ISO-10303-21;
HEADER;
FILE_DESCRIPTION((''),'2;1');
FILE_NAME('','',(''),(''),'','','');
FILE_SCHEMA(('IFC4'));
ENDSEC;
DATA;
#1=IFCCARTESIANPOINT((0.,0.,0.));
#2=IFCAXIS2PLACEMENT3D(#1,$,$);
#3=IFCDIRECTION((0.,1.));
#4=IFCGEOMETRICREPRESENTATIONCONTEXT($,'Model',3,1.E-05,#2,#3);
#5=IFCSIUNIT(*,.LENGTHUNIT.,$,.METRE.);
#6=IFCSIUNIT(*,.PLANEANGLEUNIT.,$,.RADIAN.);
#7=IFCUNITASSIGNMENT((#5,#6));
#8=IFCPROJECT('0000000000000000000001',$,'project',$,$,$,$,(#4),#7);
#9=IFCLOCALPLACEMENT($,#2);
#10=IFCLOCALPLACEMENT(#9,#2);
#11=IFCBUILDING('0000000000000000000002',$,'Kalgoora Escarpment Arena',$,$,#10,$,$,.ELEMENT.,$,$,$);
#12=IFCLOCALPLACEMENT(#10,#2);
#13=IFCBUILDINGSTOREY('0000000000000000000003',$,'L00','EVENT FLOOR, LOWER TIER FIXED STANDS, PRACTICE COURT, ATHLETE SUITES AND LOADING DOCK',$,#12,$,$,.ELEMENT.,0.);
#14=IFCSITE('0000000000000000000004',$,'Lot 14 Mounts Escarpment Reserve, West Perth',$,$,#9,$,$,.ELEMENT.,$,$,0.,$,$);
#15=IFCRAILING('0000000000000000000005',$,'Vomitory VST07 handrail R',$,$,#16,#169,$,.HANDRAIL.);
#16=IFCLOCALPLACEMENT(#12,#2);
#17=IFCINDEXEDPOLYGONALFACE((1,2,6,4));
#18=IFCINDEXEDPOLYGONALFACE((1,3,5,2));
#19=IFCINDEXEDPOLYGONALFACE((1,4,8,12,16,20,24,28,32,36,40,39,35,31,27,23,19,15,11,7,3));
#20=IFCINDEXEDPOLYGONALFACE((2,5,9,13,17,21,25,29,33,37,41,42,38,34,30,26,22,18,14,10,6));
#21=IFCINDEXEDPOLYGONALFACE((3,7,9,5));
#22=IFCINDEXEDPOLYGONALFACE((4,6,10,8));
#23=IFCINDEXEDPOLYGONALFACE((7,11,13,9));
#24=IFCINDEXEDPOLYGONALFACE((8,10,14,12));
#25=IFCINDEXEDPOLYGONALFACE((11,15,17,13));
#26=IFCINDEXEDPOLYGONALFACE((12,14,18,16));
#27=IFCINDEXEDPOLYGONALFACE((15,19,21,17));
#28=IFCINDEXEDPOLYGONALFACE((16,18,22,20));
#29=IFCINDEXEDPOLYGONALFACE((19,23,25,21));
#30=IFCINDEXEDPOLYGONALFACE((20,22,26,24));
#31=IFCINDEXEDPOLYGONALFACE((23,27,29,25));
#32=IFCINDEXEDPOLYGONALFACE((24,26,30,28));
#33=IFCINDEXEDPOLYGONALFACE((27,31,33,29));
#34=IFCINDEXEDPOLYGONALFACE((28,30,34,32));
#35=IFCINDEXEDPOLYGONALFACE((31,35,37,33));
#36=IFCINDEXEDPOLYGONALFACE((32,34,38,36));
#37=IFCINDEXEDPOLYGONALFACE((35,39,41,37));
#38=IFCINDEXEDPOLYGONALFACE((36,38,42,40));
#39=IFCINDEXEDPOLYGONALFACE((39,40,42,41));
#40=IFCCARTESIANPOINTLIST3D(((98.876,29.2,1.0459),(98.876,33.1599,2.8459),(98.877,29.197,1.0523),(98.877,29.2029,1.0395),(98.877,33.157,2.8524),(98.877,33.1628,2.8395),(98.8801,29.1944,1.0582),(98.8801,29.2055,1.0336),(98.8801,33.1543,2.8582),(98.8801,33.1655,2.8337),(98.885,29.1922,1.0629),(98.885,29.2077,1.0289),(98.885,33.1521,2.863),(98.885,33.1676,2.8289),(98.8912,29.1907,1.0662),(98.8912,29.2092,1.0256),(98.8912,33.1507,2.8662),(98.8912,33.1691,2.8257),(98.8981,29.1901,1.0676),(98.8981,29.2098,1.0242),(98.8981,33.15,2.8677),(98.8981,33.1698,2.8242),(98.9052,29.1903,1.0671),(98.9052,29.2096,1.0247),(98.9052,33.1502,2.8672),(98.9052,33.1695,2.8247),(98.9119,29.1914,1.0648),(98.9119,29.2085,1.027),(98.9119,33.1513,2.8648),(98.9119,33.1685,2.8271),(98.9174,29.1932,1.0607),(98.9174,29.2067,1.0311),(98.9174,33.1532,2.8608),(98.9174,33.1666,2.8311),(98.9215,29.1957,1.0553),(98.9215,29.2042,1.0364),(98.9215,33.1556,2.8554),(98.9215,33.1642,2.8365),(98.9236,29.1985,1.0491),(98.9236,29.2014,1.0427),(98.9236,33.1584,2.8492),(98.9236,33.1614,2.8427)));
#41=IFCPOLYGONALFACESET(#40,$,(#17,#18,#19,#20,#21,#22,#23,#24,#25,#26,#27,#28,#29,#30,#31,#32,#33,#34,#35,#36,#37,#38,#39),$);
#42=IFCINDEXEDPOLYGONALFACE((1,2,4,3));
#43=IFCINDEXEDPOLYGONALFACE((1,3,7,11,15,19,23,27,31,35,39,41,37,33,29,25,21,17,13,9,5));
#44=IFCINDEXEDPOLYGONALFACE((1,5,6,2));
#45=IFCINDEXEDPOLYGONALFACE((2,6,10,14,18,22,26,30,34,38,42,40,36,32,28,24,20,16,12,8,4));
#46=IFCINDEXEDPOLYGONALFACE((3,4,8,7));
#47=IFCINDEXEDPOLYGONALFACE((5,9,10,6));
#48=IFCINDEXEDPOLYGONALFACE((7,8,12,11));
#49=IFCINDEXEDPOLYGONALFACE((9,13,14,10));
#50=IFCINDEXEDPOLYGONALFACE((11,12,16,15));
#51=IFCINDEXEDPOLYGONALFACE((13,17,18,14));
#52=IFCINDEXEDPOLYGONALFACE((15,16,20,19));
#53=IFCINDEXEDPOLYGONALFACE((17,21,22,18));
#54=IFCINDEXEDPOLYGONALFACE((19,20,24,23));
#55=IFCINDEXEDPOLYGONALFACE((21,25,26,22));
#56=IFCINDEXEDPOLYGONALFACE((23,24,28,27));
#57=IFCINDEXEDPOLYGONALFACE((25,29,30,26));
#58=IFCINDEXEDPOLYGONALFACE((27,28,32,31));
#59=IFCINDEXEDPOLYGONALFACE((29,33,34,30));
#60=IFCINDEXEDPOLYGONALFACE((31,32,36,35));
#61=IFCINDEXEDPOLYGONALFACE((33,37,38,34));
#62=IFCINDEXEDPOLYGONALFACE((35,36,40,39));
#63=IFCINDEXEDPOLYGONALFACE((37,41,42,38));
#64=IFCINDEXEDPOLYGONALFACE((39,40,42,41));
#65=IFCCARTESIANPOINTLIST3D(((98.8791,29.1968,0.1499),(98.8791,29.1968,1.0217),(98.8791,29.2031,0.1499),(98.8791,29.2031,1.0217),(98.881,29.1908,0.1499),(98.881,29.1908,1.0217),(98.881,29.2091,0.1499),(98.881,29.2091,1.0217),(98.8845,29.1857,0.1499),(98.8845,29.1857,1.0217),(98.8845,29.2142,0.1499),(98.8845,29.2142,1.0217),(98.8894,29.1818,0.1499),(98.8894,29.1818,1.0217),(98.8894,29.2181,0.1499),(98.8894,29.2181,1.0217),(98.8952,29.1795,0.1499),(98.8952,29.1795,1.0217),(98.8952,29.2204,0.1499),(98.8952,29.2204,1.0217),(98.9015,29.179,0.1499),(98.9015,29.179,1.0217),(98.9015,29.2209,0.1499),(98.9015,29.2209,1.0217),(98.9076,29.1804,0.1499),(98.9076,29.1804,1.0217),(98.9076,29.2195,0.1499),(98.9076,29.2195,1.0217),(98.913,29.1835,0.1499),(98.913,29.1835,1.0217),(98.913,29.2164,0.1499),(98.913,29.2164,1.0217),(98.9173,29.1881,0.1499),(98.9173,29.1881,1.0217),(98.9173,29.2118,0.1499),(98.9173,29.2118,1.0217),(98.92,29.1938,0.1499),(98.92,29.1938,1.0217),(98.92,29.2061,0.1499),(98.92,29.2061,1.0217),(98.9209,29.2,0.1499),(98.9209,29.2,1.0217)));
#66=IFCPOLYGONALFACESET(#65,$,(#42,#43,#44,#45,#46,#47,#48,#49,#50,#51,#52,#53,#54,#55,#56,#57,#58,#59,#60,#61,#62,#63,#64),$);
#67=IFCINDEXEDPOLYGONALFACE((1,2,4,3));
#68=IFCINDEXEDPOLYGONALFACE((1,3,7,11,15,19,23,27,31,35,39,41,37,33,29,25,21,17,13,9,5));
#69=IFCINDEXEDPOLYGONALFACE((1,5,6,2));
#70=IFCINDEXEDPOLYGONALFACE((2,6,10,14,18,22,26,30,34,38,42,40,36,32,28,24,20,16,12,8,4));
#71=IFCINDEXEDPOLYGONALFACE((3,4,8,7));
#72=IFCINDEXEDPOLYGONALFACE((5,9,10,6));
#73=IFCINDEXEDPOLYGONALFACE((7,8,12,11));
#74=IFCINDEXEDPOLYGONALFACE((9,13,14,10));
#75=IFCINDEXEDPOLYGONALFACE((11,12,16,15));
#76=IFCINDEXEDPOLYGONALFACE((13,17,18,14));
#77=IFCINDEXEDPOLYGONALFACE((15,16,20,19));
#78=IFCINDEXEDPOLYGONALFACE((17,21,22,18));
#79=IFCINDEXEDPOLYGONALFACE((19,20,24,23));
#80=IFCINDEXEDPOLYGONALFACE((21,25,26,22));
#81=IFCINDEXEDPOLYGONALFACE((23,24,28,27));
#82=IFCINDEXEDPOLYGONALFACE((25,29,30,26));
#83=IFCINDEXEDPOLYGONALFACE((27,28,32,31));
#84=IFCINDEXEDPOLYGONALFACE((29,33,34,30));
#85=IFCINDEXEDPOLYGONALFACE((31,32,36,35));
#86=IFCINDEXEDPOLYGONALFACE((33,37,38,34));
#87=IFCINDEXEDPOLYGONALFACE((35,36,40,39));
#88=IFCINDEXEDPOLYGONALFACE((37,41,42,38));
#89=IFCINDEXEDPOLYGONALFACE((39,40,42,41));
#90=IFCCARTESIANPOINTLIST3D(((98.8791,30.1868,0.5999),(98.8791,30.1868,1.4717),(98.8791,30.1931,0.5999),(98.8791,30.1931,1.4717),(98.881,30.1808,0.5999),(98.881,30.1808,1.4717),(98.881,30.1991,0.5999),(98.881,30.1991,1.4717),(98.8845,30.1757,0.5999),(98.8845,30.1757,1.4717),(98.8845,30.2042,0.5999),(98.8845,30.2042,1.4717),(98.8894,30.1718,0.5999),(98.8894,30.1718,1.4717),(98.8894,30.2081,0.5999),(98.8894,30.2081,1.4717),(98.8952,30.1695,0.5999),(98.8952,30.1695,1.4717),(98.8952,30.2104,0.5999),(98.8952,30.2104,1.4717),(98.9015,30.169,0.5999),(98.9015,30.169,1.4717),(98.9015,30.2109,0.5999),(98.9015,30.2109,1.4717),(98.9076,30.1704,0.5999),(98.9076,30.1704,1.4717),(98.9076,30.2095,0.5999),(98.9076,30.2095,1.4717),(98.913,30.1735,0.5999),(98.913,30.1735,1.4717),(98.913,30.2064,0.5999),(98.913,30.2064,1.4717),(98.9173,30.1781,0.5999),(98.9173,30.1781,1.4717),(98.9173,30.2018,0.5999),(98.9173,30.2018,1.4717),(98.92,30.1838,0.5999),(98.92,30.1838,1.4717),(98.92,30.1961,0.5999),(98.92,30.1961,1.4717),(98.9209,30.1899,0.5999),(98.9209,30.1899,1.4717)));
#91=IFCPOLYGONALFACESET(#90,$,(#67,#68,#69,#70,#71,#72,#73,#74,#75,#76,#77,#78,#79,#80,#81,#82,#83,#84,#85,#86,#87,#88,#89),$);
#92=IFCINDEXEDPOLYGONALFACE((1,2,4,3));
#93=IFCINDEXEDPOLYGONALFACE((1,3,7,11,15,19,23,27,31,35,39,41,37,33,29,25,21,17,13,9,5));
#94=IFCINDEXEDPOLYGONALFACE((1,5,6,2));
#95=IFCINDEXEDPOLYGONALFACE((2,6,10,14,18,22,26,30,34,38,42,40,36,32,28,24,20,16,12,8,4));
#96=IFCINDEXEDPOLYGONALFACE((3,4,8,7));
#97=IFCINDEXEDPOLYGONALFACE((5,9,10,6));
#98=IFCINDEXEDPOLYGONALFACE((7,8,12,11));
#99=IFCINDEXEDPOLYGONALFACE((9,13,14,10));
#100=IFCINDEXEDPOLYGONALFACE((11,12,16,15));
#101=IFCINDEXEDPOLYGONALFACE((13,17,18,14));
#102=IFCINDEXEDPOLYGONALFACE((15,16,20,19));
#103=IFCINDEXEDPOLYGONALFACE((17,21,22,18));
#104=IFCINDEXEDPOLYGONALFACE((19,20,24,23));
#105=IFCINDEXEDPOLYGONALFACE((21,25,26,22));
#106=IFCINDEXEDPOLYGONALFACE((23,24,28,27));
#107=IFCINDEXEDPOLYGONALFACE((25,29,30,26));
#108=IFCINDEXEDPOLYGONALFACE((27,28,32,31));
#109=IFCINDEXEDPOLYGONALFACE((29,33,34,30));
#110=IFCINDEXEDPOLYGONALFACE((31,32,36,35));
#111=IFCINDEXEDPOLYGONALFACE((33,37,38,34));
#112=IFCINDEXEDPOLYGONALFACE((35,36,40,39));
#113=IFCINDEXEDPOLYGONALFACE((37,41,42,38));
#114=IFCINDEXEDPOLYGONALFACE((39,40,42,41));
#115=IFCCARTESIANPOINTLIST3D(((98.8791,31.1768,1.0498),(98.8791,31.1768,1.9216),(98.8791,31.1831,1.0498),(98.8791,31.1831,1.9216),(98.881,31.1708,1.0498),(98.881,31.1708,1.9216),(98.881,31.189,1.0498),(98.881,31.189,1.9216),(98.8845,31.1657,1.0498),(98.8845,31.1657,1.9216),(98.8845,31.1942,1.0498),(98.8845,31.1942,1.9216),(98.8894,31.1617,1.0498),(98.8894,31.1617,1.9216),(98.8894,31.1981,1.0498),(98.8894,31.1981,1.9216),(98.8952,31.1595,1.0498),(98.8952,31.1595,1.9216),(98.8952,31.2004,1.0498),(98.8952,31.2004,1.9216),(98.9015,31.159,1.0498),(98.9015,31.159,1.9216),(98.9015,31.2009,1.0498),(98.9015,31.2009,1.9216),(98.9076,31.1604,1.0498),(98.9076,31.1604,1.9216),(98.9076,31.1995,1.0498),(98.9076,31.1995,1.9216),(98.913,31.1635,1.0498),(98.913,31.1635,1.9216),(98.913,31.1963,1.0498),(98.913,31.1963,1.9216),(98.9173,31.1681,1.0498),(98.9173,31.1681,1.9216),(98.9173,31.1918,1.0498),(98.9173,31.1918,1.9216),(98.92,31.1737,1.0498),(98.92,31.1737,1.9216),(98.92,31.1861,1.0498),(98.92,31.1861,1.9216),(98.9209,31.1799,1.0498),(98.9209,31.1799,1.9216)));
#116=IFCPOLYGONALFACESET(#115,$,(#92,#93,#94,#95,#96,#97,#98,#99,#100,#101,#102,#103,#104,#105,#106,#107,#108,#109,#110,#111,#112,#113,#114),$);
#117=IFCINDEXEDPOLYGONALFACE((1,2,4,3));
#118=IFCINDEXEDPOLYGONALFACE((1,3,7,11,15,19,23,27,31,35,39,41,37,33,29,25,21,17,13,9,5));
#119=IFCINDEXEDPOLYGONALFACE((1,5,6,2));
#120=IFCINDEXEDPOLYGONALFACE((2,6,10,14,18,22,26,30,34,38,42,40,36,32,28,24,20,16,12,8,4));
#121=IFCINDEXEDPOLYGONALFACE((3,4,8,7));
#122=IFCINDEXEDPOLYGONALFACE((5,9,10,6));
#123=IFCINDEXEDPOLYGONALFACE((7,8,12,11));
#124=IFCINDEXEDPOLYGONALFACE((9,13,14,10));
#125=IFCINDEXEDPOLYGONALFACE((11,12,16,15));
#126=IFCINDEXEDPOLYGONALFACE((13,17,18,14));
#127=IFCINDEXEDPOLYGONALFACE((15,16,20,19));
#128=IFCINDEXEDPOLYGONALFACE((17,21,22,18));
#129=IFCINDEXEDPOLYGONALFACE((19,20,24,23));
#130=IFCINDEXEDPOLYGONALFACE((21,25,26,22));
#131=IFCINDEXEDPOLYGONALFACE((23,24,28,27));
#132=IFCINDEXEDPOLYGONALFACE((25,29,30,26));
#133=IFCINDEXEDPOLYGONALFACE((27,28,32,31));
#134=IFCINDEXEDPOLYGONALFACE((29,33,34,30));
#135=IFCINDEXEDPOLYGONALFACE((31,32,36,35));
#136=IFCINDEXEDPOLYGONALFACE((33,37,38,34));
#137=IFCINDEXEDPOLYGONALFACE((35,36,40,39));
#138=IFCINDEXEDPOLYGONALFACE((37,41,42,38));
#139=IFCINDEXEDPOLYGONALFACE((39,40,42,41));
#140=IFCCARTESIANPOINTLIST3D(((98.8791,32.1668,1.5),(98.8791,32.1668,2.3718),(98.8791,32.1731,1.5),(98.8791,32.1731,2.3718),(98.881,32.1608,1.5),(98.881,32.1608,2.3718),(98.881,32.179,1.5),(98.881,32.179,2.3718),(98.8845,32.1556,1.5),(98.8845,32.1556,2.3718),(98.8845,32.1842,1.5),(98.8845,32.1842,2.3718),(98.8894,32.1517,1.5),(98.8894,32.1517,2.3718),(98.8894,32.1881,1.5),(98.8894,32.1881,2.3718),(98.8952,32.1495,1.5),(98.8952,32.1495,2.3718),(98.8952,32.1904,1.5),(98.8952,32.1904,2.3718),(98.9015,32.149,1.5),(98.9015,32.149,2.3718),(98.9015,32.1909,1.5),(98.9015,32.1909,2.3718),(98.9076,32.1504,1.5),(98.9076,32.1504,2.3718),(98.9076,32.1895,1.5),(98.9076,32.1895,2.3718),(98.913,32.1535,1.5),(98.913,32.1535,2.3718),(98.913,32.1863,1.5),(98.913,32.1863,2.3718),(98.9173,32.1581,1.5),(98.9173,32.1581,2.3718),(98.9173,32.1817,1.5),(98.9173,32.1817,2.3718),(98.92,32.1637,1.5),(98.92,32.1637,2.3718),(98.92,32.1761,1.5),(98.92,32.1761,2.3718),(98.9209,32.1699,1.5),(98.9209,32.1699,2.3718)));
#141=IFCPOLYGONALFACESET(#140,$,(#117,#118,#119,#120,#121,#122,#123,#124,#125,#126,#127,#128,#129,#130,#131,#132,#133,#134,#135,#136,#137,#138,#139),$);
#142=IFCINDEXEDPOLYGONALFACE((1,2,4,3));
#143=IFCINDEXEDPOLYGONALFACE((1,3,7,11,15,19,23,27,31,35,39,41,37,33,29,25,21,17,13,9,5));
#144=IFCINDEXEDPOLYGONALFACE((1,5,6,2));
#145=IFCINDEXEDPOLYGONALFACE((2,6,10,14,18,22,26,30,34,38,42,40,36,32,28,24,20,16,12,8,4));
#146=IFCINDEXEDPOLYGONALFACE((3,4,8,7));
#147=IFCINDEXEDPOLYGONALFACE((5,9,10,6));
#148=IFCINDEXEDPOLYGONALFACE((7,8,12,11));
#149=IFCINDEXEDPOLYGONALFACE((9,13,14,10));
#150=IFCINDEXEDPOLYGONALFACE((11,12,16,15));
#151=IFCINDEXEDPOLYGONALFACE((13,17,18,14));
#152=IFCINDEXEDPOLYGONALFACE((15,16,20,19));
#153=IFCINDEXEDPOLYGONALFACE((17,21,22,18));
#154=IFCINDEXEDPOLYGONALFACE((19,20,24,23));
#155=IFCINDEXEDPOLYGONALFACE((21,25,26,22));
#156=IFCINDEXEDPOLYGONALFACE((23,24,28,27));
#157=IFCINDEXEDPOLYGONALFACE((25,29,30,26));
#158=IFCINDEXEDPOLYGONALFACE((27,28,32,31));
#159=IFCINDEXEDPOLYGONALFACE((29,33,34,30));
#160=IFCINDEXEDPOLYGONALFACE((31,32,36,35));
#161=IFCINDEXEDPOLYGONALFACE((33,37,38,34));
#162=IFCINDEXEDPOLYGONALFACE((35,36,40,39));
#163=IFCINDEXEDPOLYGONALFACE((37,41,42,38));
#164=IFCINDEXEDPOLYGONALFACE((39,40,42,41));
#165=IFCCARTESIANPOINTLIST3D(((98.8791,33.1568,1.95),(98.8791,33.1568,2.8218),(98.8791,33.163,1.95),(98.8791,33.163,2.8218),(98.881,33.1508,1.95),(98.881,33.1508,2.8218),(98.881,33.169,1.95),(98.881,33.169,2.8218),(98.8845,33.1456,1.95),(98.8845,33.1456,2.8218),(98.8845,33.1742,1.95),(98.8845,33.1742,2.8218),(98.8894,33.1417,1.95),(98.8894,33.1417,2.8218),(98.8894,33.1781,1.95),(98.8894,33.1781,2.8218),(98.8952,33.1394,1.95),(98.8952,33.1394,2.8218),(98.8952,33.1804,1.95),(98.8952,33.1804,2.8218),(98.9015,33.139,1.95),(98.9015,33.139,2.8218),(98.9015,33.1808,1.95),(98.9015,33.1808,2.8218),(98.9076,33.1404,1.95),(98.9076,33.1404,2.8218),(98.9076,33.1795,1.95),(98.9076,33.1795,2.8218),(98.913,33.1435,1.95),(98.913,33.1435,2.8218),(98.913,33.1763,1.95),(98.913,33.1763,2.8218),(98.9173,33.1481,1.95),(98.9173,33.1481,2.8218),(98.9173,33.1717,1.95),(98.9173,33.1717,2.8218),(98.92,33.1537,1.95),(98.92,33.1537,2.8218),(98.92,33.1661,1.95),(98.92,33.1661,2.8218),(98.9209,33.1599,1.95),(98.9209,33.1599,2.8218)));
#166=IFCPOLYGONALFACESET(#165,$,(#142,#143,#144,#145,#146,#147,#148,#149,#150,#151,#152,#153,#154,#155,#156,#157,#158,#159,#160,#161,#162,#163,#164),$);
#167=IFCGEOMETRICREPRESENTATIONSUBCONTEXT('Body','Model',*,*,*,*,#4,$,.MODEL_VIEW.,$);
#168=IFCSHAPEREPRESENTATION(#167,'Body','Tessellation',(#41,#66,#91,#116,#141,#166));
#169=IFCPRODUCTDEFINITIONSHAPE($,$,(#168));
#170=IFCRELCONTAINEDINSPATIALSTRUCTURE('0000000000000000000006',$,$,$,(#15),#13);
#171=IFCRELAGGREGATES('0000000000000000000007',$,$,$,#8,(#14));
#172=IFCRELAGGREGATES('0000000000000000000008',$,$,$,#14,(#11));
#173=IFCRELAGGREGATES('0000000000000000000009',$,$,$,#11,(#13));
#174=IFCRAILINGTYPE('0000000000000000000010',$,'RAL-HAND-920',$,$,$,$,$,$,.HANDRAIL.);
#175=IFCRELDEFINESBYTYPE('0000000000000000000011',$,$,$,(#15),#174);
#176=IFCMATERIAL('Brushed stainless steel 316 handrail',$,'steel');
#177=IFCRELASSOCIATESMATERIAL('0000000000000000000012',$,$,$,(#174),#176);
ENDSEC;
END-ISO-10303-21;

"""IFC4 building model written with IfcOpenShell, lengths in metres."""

from ifc_helpers import new_model, si_unit, direction, frame, origin, origin_2d, place, context, subcontext, project, spatial, circle, extrude, material, type_object, element, save


model = new_model("IFC4")

# Units and contexts
model_context = context("Model", 3, precision=1e-05, world=origin(), true_north=direction((0.0, 1.0)))
body_context = subcontext(model_context, "Body", "Model", "MODEL_VIEW")
ifc_project = project(units=[si_unit("LENGTHUNIT", "METRE"), si_unit("PLANEANGLEUNIT", "RADIAN")], contexts=[model_context])

# Site, building, storey
site_placement = place(None, origin())
site = spatial("IfcSite", under=ifc_project, at=site_placement, Name="Lot 14 Mounts Escarpment Reserve, West Perth", CompositionType="ELEMENT", RefElevation=0.0)
building_placement = place(site_placement, origin())
building = spatial("IfcBuilding", under=site, at=building_placement, Name="Kalgoora Escarpment Arena", CompositionType="ELEMENT")
storey_placement = place(building_placement, origin())
storey = spatial("IfcBuildingStorey", under=building, at=storey_placement, Name="L00", Description="EVENT FLOOR, LOWER TIER FIXED STANDS, PRACTICE COURT, ATHLETE SUITES AND LOADING DOCK", CompositionType="ELEMENT", Elevation=0.0)

# Railing
ifc_material_1 = material(Name="Brushed stainless steel 316 handrail", Category="steel")
railing_type_1 = type_object("IfcRailingType", Name="RAL-HAND-920", PredefinedType="HANDRAIL", material=ifc_material_1)
for number, where, name in (
    (1, (98.8999, 29.2, 0.1499), "Vomitory VST07 handrail R"),
):
    element("IfcRailing", number, at=place(storey_placement, frame(where)), inside=storey, type_object=railing_type_1, Name=name, PredefinedType="HANDRAIL", context=body_context, shape_type="SweptSolid", body=[
        extrude(circle(Radius=0.0239, at=origin_2d()), frame((0.0, 0.0, 0.896), z_axis=(0.0, 0.910361, 0.413816), x_axis=(-1.0, 0.0, 0.0)), (0.0, 0.0, 1.0), 4.3499),
        extrude(circle(Radius=0.021, at=origin_2d()), origin(), (0.0, 0.0, 1.0), 0.8718),
        extrude(circle(Radius=0.021, at=origin_2d()), frame((0.0, 0.99, 0.45)), (0.0, 0.0, 1.0), 0.8718),
        extrude(circle(Radius=0.021, at=origin_2d()), frame((0.0, 1.98, 0.8999)), (0.0, 0.0, 1.0), 0.8718),
        extrude(circle(Radius=0.021, at=origin_2d()), frame((0.0, 2.97, 1.3501)), (0.0, 0.0, 1.0), 0.8718),
        extrude(circle(Radius=0.021, at=origin_2d()), frame((0.0, 3.96, 1.8)), (0.0, 0.0, 1.0), 0.8718),
    ])

save(model, "model.ifc")
